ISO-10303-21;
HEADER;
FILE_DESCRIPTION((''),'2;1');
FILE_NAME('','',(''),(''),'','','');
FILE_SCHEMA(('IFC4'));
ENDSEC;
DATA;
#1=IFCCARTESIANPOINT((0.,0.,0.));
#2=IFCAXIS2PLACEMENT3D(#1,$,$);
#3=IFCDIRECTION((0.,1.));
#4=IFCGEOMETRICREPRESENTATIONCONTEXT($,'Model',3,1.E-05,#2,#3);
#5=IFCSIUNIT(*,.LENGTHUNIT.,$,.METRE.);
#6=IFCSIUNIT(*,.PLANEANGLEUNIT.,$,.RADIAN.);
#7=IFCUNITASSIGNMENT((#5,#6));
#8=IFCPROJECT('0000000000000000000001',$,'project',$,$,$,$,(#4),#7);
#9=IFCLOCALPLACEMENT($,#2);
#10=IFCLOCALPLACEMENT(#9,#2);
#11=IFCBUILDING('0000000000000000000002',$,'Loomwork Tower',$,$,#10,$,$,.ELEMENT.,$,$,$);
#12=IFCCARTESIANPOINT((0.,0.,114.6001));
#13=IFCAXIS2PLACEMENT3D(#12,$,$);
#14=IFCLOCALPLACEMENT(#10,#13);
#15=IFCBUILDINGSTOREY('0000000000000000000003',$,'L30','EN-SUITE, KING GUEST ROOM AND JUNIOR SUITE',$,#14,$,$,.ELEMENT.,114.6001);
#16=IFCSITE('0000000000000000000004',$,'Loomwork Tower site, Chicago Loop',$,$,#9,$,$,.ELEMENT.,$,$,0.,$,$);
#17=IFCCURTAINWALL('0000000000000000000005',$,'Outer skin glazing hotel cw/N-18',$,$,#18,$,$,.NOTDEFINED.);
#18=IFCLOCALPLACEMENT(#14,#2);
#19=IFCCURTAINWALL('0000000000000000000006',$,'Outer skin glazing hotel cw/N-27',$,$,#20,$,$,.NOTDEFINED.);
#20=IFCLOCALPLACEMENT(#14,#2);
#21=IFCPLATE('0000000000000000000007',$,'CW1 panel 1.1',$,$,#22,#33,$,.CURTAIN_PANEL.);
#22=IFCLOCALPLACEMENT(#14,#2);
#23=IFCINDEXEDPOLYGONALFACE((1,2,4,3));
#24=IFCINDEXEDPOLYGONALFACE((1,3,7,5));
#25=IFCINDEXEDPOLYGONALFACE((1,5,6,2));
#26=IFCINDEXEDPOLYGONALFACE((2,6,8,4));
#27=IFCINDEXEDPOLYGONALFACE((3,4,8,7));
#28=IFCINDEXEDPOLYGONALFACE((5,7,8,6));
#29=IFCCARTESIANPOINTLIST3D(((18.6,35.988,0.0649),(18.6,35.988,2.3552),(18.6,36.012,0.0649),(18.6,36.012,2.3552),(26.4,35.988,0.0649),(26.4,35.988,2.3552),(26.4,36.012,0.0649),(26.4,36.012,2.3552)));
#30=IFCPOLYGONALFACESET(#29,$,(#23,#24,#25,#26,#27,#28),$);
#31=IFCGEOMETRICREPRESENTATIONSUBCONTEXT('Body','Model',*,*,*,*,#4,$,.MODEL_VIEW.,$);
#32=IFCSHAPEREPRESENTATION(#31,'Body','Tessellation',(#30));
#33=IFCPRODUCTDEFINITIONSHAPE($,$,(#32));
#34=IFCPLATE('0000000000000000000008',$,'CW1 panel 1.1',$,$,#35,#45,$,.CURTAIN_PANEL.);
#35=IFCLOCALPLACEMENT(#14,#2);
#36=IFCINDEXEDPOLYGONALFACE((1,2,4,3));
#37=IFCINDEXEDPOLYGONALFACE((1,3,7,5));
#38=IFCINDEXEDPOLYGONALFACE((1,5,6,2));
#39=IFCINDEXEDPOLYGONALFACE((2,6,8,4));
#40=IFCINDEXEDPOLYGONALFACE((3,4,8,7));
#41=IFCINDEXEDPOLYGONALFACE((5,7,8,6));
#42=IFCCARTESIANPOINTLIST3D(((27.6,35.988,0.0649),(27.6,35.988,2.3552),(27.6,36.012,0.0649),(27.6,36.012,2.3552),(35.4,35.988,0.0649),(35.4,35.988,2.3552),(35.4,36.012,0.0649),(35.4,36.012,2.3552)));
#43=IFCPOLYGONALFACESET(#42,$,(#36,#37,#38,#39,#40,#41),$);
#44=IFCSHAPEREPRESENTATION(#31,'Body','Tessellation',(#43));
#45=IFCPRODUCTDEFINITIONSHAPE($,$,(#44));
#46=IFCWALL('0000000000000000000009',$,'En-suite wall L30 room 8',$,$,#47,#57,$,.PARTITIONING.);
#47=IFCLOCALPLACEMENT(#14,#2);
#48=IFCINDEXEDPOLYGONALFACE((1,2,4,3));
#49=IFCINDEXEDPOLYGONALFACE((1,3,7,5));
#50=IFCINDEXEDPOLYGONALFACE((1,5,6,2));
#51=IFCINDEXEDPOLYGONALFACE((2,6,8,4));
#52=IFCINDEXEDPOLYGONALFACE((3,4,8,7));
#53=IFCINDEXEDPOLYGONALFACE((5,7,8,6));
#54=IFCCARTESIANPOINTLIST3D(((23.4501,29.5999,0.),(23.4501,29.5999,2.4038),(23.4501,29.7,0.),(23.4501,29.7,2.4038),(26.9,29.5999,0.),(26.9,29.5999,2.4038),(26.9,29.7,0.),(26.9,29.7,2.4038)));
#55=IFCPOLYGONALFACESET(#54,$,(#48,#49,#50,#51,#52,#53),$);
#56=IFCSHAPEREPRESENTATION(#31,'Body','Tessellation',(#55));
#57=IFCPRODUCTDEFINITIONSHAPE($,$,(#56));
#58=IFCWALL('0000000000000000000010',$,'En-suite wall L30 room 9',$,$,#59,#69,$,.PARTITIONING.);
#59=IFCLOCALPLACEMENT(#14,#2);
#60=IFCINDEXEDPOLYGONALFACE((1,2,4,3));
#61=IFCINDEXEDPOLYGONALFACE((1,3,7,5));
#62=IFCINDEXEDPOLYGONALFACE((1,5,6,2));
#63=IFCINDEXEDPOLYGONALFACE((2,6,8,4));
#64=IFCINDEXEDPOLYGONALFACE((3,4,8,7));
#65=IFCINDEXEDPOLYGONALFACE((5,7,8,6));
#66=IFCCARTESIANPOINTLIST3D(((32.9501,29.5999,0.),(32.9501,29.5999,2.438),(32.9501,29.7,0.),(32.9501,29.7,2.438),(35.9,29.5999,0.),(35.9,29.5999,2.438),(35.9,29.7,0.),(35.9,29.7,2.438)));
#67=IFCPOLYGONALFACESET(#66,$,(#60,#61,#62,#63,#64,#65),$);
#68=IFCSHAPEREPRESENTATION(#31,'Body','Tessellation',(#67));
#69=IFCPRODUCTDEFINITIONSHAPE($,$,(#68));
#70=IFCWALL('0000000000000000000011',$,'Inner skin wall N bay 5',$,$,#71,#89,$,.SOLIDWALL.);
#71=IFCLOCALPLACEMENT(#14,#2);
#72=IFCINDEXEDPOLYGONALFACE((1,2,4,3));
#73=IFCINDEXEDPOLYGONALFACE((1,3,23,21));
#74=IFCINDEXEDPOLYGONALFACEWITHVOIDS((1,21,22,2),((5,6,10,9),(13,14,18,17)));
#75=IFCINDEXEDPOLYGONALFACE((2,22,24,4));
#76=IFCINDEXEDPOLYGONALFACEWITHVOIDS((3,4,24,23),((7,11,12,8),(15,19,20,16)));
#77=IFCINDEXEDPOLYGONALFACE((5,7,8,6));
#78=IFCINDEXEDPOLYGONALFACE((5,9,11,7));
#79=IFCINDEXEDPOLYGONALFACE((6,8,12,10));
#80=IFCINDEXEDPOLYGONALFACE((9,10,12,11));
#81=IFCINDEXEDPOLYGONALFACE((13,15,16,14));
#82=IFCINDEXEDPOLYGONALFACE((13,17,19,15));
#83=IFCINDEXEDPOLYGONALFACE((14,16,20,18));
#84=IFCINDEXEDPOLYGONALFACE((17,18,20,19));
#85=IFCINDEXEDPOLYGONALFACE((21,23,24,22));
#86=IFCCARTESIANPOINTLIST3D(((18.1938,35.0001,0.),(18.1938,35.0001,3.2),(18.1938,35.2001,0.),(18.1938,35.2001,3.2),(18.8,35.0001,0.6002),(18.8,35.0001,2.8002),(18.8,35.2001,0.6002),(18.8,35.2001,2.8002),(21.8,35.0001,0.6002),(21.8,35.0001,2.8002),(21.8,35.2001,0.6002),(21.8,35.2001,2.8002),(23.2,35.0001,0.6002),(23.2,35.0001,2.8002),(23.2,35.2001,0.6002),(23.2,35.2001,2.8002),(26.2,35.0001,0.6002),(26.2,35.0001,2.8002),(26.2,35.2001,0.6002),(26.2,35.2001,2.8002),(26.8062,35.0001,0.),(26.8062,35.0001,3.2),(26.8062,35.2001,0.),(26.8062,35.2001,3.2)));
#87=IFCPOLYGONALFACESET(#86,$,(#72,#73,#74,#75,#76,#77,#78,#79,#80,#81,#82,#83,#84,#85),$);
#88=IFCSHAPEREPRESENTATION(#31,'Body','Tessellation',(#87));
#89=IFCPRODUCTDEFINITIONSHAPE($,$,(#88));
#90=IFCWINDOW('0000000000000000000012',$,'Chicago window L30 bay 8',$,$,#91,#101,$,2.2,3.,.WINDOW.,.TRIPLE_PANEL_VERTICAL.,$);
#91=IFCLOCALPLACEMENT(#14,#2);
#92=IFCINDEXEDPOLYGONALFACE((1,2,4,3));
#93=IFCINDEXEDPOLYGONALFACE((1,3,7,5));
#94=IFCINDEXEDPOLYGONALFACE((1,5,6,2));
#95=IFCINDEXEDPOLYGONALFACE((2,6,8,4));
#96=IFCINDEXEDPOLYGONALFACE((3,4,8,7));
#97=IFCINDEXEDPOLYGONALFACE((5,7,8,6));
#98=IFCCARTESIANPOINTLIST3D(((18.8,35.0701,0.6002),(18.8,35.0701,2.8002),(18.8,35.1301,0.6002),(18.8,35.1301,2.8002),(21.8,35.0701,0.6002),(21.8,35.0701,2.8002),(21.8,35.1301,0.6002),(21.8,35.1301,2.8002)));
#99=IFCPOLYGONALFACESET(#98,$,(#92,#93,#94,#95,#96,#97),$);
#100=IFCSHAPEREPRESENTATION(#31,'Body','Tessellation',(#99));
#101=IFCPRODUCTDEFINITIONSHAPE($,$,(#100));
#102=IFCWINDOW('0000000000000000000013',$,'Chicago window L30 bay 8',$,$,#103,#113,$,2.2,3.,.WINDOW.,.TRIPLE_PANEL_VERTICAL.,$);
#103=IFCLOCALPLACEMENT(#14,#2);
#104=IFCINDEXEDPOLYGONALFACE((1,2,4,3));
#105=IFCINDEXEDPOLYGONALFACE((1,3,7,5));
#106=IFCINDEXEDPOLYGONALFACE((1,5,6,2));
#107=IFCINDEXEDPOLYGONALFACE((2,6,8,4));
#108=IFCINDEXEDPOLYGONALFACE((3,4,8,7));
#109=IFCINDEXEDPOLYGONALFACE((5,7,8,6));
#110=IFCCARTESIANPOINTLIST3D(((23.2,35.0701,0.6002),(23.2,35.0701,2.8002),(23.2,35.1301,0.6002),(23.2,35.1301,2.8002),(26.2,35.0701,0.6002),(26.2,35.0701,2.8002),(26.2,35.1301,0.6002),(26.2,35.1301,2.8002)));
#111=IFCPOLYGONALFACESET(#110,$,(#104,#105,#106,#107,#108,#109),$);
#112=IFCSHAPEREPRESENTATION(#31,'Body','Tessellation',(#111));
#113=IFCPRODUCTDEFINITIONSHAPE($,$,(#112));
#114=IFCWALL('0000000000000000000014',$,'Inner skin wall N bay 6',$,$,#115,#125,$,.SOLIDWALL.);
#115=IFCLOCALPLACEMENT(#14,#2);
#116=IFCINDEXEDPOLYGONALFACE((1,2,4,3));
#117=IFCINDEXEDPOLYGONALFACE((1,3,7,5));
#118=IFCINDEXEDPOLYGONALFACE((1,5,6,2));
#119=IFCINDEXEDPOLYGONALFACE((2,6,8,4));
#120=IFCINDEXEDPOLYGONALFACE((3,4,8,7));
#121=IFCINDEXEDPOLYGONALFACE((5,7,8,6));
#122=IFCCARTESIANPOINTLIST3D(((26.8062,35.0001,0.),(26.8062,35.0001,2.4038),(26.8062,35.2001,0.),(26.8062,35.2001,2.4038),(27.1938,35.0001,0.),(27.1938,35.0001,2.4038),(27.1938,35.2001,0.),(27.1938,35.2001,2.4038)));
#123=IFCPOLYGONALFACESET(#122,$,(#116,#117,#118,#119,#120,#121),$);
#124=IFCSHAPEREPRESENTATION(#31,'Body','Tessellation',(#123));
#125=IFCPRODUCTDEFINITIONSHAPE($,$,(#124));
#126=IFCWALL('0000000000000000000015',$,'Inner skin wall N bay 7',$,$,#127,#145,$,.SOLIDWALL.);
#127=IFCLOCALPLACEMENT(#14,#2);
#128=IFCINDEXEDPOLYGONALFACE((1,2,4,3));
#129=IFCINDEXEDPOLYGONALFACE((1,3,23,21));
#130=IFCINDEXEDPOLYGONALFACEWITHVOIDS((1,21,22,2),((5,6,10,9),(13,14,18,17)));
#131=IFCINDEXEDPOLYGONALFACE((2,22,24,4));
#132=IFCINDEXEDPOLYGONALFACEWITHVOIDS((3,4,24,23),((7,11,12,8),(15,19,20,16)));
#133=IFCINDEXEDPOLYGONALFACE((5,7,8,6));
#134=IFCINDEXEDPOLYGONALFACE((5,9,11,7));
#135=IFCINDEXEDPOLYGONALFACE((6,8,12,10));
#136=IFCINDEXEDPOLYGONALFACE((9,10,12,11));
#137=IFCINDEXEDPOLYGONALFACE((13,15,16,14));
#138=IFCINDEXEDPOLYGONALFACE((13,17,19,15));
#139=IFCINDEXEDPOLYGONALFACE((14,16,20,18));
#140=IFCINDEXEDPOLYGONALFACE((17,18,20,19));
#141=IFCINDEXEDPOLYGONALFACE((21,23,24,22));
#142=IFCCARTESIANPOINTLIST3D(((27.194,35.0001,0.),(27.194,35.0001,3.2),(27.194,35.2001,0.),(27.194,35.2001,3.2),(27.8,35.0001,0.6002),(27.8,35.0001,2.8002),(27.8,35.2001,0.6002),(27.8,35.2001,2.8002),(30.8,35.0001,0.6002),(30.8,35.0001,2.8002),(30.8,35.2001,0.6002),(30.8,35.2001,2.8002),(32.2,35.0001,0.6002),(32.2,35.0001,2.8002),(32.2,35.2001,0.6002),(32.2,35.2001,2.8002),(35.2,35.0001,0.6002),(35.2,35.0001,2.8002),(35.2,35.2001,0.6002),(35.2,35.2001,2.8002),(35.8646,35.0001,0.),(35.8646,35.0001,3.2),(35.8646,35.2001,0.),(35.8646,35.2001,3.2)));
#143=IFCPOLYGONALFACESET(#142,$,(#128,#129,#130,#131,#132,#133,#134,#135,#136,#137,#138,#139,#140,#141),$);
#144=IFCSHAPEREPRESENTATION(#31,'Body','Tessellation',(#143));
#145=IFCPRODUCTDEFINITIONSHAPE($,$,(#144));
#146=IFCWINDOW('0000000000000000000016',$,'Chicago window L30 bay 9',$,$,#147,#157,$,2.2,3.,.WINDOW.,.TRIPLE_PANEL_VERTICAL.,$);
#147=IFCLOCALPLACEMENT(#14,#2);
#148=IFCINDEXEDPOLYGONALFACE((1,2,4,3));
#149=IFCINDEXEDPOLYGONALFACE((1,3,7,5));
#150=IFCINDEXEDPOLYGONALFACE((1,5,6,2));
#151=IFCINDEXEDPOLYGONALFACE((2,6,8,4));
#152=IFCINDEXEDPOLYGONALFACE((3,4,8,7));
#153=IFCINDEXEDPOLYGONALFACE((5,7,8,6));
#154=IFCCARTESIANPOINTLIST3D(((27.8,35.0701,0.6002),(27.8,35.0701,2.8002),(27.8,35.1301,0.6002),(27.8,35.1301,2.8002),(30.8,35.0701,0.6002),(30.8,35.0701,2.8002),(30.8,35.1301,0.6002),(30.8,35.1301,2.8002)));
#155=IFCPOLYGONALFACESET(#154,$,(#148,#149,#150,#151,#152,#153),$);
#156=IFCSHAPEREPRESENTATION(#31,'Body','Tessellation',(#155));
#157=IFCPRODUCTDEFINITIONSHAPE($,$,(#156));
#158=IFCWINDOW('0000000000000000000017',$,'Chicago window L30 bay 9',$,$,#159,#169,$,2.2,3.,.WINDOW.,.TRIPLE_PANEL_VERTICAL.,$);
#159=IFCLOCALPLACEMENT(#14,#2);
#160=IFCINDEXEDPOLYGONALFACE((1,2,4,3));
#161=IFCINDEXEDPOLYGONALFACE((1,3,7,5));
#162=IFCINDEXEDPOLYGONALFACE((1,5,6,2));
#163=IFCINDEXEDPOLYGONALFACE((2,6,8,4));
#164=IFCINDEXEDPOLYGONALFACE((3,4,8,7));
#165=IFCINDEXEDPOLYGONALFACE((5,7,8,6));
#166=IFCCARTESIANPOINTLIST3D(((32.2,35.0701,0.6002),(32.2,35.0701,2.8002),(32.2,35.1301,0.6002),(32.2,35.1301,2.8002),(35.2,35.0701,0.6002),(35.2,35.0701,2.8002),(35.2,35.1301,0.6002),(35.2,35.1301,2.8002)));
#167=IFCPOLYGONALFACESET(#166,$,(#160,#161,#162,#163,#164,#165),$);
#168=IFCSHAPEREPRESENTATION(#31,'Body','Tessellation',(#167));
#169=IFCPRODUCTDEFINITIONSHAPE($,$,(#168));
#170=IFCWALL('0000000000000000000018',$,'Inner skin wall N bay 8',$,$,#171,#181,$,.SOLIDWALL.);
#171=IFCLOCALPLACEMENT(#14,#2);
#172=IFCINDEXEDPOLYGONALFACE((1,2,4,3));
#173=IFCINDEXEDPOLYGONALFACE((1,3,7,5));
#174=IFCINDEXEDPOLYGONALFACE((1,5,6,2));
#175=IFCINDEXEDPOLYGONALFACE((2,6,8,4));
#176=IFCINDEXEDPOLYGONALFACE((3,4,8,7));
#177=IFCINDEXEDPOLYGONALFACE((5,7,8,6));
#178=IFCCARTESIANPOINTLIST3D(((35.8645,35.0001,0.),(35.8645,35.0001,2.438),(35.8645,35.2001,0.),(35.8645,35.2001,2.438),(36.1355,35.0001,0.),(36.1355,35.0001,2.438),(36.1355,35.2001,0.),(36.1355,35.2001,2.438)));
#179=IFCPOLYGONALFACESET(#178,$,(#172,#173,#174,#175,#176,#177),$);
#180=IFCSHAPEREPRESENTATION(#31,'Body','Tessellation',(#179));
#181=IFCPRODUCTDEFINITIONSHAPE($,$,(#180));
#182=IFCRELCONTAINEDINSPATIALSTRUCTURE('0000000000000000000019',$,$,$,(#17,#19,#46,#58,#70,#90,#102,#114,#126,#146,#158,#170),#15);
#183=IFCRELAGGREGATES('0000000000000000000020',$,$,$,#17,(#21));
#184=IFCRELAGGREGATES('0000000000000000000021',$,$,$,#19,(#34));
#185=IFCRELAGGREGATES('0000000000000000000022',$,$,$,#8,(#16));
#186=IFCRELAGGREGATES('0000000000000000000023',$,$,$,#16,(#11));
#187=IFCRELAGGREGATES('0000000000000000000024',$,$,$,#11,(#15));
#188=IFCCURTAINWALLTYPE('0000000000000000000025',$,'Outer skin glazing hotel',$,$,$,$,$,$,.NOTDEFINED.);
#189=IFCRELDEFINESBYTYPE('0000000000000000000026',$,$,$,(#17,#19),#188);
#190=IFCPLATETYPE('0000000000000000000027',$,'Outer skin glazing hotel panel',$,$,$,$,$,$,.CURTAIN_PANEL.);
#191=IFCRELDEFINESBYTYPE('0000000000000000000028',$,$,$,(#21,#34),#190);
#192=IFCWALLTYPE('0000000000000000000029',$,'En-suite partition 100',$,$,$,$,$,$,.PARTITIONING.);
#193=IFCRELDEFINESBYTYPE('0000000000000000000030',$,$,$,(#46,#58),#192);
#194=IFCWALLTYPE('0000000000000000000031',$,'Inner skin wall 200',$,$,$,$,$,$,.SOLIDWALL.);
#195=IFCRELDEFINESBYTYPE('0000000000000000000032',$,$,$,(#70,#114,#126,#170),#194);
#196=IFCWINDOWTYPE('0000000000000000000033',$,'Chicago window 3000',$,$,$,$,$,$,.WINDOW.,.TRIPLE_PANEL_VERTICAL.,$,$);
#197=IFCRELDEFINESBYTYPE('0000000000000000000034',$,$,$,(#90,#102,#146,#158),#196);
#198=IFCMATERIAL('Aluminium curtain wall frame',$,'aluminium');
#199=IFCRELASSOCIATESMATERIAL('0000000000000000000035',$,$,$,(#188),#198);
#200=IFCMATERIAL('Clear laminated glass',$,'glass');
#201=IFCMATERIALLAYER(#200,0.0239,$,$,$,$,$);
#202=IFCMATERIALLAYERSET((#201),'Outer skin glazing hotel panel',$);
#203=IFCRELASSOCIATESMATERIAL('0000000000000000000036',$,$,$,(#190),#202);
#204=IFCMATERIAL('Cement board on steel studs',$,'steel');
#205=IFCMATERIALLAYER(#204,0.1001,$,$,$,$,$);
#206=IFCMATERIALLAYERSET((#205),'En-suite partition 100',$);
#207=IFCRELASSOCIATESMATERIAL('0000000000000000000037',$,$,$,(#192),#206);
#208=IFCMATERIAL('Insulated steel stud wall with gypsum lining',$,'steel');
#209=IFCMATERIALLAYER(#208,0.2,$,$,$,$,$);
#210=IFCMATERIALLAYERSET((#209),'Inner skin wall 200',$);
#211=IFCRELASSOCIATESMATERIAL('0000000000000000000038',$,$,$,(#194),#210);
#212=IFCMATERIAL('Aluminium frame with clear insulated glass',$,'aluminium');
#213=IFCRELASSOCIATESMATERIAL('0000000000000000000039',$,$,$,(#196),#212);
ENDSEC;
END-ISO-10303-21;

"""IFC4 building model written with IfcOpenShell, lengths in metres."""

from ifc_helpers import new_model, si_unit, direction, frame, frame_2d, origin, origin_2d, place, context, subcontext, project, spatial, rectangle, extrude, material, layer, layer_set, type_object, element, fill, aggregate, save


model = new_model("IFC4")

# Units and contexts
model_context = context("Model", 3, precision=1e-05, world=origin(), true_north=direction((0.0, 1.0)))
body_context = subcontext(model_context, "Body", "Model", "MODEL_VIEW")
ifc_project = project(units=[si_unit("LENGTHUNIT", "METRE"), si_unit("PLANEANGLEUNIT", "RADIAN")], contexts=[model_context])

# Site, building, storey
site_placement = place(None, origin())
site = spatial("IfcSite", under=ifc_project, at=site_placement, Name="Loomwork Tower site, Chicago Loop", CompositionType="ELEMENT", RefElevation=0.0)
building_placement = place(site_placement, origin())
building = spatial("IfcBuilding", under=site, at=building_placement, Name="Loomwork Tower", CompositionType="ELEMENT")
storey_placement = place(building_placement, frame((0.0, 0.0, 114.6001)))
storey = spatial("IfcBuildingStorey", under=building, at=storey_placement, Name="L30", Description="EN-SUITE, KING GUEST ROOM AND JUNIOR SUITE", CompositionType="ELEMENT", Elevation=114.6001)

# Curtain walls
ifc_material_1 = material(Name="Aluminium curtain wall frame", Category="aluminium")
curtain_wall_type = type_object("IfcCurtainWallType", Name="Outer skin glazing hotel", PredefinedType="NOTDEFINED", material=ifc_material_1)
curtain_wall_1_placement = place(storey_placement, origin())
curtain_wall_1 = element("IfcCurtainWall", 1, at=curtain_wall_1_placement, inside=storey, type_object=curtain_wall_type, Name="Outer skin glazing hotel cw/N-18", PredefinedType="NOTDEFINED")
curtain_wall_2_placement = place(storey_placement, origin())
curtain_wall_2 = element("IfcCurtainWall", 2, at=curtain_wall_2_placement, inside=storey, type_object=curtain_wall_type, Name="Outer skin glazing hotel cw/N-27", PredefinedType="NOTDEFINED")

# Plates
ifc_material_2 = material(Name="Clear laminated glass", Category="glass")
ifc_layer_1 = layer(ifc_material_2, 0.0239)
ifc_layer_set_1 = layer_set([ifc_layer_1], Name="Outer skin glazing hotel panel")
plate_type = type_object("IfcPlateType", Name="Outer skin glazing hotel panel", PredefinedType="CURTAIN_PANEL", material=ifc_layer_set_1)
plate_1_placement = place(storey_placement, frame((22.5, 36.0, 0.0649), z_axis=(0.0, 0.0, 1.0), x_axis=(-1.0, 0.0, 0.0)))
plate_1 = element("IfcPlate", 3, at=plate_1_placement, type_object=plate_type, Name="CW1 panel 1.1", PredefinedType="CURTAIN_PANEL", context=body_context, shape_type="SweptSolid", body=[
    extrude(rectangle(XDim=7.8, YDim=0.0239, at=origin_2d()), origin(), (0.0, 0.0, 1.0), 2.2903),
])
aggregate(curtain_wall_1, [plate_1])
plate_2_placement = place(storey_placement, frame((31.5, 36.0, 0.0649), z_axis=(0.0, 0.0, 1.0), x_axis=(-1.0, 0.0, 0.0)))
plate_2 = element("IfcPlate", 4, at=plate_2_placement, type_object=plate_type, Name="CW1 panel 1.1", PredefinedType="CURTAIN_PANEL", context=body_context, shape_type="SweptSolid", body=[
    extrude(rectangle(XDim=7.8, YDim=0.0239, at=origin_2d()), origin(), (0.0, 0.0, 1.0), 2.2903),
])
aggregate(curtain_wall_2, [plate_2])

# Walls
ifc_material_3 = material(Name="Cement board on steel studs", Category="steel")
ifc_layer_2 = layer(ifc_material_3, 0.1001)
ifc_layer_set_2 = layer_set([ifc_layer_2], Name="En-suite partition 100")
wall_type_1 = type_object("IfcWallType", Name="En-suite partition 100", PredefinedType="PARTITIONING", material=ifc_layer_set_2)
wall_1_placement = place(storey_placement, frame((23.45, 29.6499, 0.0), z_axis=(0.0, 0.0, 1.0), x_axis=(1.0, 0.0, 0.0)))
element("IfcWall", 5, at=wall_1_placement, inside=storey, type_object=wall_type_1, Name="En-suite wall L30 room 8", PredefinedType="PARTITIONING", context=body_context, shape_type="SweptSolid", body=[
    extrude(rectangle(XDim=3.45, YDim=0.1001, at=frame_2d((1.7251, 0.0))), origin(), (0.0, 0.0, 1.0), 2.4038),
])
wall_2_placement = place(storey_placement, frame((32.95, 29.6499, 0.0), z_axis=(0.0, 0.0, 1.0), x_axis=(1.0, 0.0, 0.0)))
element("IfcWall", 6, at=wall_2_placement, inside=storey, type_object=wall_type_1, Name="En-suite wall L30 room 9", PredefinedType="PARTITIONING", context=body_context, shape_type="SweptSolid", body=[
    extrude(rectangle(XDim=2.95, YDim=0.1001, at=frame_2d((1.4751, 0.0))), origin(), (0.0, 0.0, 1.0), 2.438),
])

# Wall, openings, windows
ifc_material_4 = material(Name="Insulated steel stud wall with gypsum lining", Category="steel")
ifc_layer_3 = layer(ifc_material_4, 0.2)
ifc_layer_set_3 = layer_set([ifc_layer_3], Name="Inner skin wall 200")
wall_type_2 = type_object("IfcWallType", Name="Inner skin wall 200", PredefinedType="SOLIDWALL", material=ifc_layer_set_3)
wall_3_placement = place(storey_placement, frame((18.1938, 35.1001, 0.0), z_axis=(0.0, 0.0, 1.0), x_axis=(1.0, 0.0, 0.0)))
wall_3 = element("IfcWall", 7, at=wall_3_placement, inside=storey, type_object=wall_type_2, Name="Inner skin wall N bay 5", PredefinedType="SOLIDWALL", context=body_context, shape_type="SweptSolid", body=[
    extrude(rectangle(XDim=8.6123, YDim=0.2, at=frame_2d((4.3062, 0.0))), origin(), (0.0, 0.0, 1.0), 3.2),
])
opening_1_placement = place(wall_3_placement, frame((0.6062, 0.0, 0.6001)))
opening_1 = element("IfcOpeningElement", 8, at=opening_1_placement, cuts=wall_3, PredefinedType="OPENING", context=body_context, shape_type="SweptSolid", body=[
    extrude(rectangle(XDim=3.0, YDim=2.2, at=frame_2d((1.5, 1.1001))), frame((0.0, 0.1099, 0.0), z_axis=(0.0, -1.0, 0.0), x_axis=(1.0, 0.0, 0.0)), (0.0, 0.0, 1.0), 0.22),
])
opening_2_placement = place(wall_3_placement, frame((5.0061, 0.0, 0.6001)))
opening_2 = element("IfcOpeningElement", 9, at=opening_2_placement, cuts=wall_3, PredefinedType="OPENING", context=body_context, shape_type="SweptSolid", body=[
    extrude(rectangle(XDim=3.0, YDim=2.2, at=frame_2d((1.5, 1.1001))), frame((0.0, 0.1099, 0.0), z_axis=(0.0, -1.0, 0.0), x_axis=(1.0, 0.0, 0.0)), (0.0, 0.0, 1.0), 0.22),
])
ifc_material_5 = material(Name="Aluminium frame with clear insulated glass", Category="aluminium")
window_type = type_object("IfcWindowType", Name="Chicago window 3000", PartitioningType="TRIPLE_PANEL_VERTICAL", PredefinedType="WINDOW", material=ifc_material_5)
window_1_placement = place(opening_1_placement, origin())
window_1 = element("IfcWindow", 10, at=window_1_placement, inside=storey, type_object=window_type, Name="Chicago window L30 bay 8", OverallHeight=2.2, OverallWidth=3.0, PartitioningType="TRIPLE_PANEL_VERTICAL", PredefinedType="WINDOW", context=body_context, shape_type="SweptSolid", body=[
    extrude(rectangle(XDim=3.0, YDim=2.2, at=frame_2d((1.5, 1.1001))), frame((0.0, 0.03, 0.0), z_axis=(0.0, -1.0, 0.0), x_axis=(1.0, 0.0, 0.0)), (0.0, 0.0, 1.0), 0.0601),
])
fill(opening_1, window_1)
window_2_placement = place(opening_2_placement, origin())
window_2 = element("IfcWindow", 11, at=window_2_placement, inside=storey, type_object=window_type, Name="Chicago window L30 bay 8", OverallHeight=2.2, OverallWidth=3.0, PartitioningType="TRIPLE_PANEL_VERTICAL", PredefinedType="WINDOW", context=body_context, shape_type="SweptSolid", body=[
    extrude(rectangle(XDim=3.0, YDim=2.2, at=frame_2d((1.5, 1.1001))), frame((0.0, 0.03, 0.0), z_axis=(0.0, -1.0, 0.0), x_axis=(1.0, 0.0, 0.0)), (0.0, 0.0, 1.0), 0.0601),
])
fill(opening_2, window_2)

# Wall
wall_4_placement = place(storey_placement, frame((26.8062, 35.1001, 0.0), z_axis=(0.0, 0.0, 1.0), x_axis=(1.0, 0.0, 0.0)))
element("IfcWall", 12, at=wall_4_placement, inside=storey, type_object=wall_type_2, Name="Inner skin wall N bay 6", PredefinedType="SOLIDWALL", context=body_context, shape_type="SweptSolid", body=[
    extrude(rectangle(XDim=0.3877, YDim=0.2, at=frame_2d((0.1938, 0.0))), origin(), (0.0, 0.0, 1.0), 2.4038),
])

# Wall, openings, windows
wall_5_placement = place(storey_placement, frame((27.1938, 35.1001, 0.0), z_axis=(0.0, 0.0, 1.0), x_axis=(1.0, 0.0, 0.0)))
wall_5 = element("IfcWall", 13, at=wall_5_placement, inside=storey, type_object=wall_type_2, Name="Inner skin wall N bay 7", PredefinedType="SOLIDWALL", context=body_context, shape_type="SweptSolid", body=[
    extrude(rectangle(XDim=8.6707, YDim=0.2, at=frame_2d((4.3354, 0.0))), origin(), (0.0, 0.0, 1.0), 3.2),
])
opening_3_placement = place(wall_5_placement, frame((0.6062, 0.0, 0.6001)))
opening_3 = element("IfcOpeningElement", 14, at=opening_3_placement, cuts=wall_5, PredefinedType="OPENING", context=body_context, shape_type="SweptSolid", body=[
    extrude(rectangle(XDim=3.0, YDim=2.2, at=frame_2d((1.5, 1.1001))), frame((0.0, 0.1099, 0.0), z_axis=(0.0, -1.0, 0.0), x_axis=(1.0, 0.0, 0.0)), (0.0, 0.0, 1.0), 0.22),
])
opening_4_placement = place(wall_5_placement, frame((5.0061, 0.0, 0.6001)))
opening_4 = element("IfcOpeningElement", 15, at=opening_4_placement, cuts=wall_5, PredefinedType="OPENING", context=body_context, shape_type="SweptSolid", body=[
    extrude(rectangle(XDim=3.0, YDim=2.2, at=frame_2d((1.5, 1.1001))), frame((0.0, 0.1099, 0.0), z_axis=(0.0, -1.0, 0.0), x_axis=(1.0, 0.0, 0.0)), (0.0, 0.0, 1.0), 0.22),
])
window_3_placement = place(opening_3_placement, origin())
window_3 = element("IfcWindow", 16, at=window_3_placement, inside=storey, type_object=window_type, Name="Chicago window L30 bay 9", OverallHeight=2.2, OverallWidth=3.0, PartitioningType="TRIPLE_PANEL_VERTICAL", PredefinedType="WINDOW", context=body_context, shape_type="SweptSolid", body=[
    extrude(rectangle(XDim=3.0, YDim=2.2, at=frame_2d((1.5, 1.1001))), frame((0.0, 0.03, 0.0), z_axis=(0.0, -1.0, 0.0), x_axis=(1.0, 0.0, 0.0)), (0.0, 0.0, 1.0), 0.0601),
])
fill(opening_3, window_3)
window_4_placement = place(opening_4_placement, origin())
window_4 = element("IfcWindow", 17, at=window_4_placement, inside=storey, type_object=window_type, Name="Chicago window L30 bay 9", OverallHeight=2.2, OverallWidth=3.0, PartitioningType="TRIPLE_PANEL_VERTICAL", PredefinedType="WINDOW", context=body_context, shape_type="SweptSolid", body=[
    extrude(rectangle(XDim=3.0, YDim=2.2, at=frame_2d((1.5, 1.1001))), frame((0.0, 0.03, 0.0), z_axis=(0.0, -1.0, 0.0), x_axis=(1.0, 0.0, 0.0)), (0.0, 0.0, 1.0), 0.0601),
])
fill(opening_4, window_4)

# Wall
wall_6_placement = place(storey_placement, frame((35.8645, 35.1001, 0.0), z_axis=(0.0, 0.0, 1.0), x_axis=(1.0, 0.0, 0.0)))
element("IfcWall", 18, at=wall_6_placement, inside=storey, type_object=wall_type_2, Name="Inner skin wall N bay 8", PredefinedType="SOLIDWALL", context=body_context, shape_type="SweptSolid", body=[
    extrude(rectangle(XDim=0.271, YDim=0.2, at=frame_2d((0.1355, 0.0))), origin(), (0.0, 0.0, 1.0), 2.438),
])

save(model, "model.ifc")
